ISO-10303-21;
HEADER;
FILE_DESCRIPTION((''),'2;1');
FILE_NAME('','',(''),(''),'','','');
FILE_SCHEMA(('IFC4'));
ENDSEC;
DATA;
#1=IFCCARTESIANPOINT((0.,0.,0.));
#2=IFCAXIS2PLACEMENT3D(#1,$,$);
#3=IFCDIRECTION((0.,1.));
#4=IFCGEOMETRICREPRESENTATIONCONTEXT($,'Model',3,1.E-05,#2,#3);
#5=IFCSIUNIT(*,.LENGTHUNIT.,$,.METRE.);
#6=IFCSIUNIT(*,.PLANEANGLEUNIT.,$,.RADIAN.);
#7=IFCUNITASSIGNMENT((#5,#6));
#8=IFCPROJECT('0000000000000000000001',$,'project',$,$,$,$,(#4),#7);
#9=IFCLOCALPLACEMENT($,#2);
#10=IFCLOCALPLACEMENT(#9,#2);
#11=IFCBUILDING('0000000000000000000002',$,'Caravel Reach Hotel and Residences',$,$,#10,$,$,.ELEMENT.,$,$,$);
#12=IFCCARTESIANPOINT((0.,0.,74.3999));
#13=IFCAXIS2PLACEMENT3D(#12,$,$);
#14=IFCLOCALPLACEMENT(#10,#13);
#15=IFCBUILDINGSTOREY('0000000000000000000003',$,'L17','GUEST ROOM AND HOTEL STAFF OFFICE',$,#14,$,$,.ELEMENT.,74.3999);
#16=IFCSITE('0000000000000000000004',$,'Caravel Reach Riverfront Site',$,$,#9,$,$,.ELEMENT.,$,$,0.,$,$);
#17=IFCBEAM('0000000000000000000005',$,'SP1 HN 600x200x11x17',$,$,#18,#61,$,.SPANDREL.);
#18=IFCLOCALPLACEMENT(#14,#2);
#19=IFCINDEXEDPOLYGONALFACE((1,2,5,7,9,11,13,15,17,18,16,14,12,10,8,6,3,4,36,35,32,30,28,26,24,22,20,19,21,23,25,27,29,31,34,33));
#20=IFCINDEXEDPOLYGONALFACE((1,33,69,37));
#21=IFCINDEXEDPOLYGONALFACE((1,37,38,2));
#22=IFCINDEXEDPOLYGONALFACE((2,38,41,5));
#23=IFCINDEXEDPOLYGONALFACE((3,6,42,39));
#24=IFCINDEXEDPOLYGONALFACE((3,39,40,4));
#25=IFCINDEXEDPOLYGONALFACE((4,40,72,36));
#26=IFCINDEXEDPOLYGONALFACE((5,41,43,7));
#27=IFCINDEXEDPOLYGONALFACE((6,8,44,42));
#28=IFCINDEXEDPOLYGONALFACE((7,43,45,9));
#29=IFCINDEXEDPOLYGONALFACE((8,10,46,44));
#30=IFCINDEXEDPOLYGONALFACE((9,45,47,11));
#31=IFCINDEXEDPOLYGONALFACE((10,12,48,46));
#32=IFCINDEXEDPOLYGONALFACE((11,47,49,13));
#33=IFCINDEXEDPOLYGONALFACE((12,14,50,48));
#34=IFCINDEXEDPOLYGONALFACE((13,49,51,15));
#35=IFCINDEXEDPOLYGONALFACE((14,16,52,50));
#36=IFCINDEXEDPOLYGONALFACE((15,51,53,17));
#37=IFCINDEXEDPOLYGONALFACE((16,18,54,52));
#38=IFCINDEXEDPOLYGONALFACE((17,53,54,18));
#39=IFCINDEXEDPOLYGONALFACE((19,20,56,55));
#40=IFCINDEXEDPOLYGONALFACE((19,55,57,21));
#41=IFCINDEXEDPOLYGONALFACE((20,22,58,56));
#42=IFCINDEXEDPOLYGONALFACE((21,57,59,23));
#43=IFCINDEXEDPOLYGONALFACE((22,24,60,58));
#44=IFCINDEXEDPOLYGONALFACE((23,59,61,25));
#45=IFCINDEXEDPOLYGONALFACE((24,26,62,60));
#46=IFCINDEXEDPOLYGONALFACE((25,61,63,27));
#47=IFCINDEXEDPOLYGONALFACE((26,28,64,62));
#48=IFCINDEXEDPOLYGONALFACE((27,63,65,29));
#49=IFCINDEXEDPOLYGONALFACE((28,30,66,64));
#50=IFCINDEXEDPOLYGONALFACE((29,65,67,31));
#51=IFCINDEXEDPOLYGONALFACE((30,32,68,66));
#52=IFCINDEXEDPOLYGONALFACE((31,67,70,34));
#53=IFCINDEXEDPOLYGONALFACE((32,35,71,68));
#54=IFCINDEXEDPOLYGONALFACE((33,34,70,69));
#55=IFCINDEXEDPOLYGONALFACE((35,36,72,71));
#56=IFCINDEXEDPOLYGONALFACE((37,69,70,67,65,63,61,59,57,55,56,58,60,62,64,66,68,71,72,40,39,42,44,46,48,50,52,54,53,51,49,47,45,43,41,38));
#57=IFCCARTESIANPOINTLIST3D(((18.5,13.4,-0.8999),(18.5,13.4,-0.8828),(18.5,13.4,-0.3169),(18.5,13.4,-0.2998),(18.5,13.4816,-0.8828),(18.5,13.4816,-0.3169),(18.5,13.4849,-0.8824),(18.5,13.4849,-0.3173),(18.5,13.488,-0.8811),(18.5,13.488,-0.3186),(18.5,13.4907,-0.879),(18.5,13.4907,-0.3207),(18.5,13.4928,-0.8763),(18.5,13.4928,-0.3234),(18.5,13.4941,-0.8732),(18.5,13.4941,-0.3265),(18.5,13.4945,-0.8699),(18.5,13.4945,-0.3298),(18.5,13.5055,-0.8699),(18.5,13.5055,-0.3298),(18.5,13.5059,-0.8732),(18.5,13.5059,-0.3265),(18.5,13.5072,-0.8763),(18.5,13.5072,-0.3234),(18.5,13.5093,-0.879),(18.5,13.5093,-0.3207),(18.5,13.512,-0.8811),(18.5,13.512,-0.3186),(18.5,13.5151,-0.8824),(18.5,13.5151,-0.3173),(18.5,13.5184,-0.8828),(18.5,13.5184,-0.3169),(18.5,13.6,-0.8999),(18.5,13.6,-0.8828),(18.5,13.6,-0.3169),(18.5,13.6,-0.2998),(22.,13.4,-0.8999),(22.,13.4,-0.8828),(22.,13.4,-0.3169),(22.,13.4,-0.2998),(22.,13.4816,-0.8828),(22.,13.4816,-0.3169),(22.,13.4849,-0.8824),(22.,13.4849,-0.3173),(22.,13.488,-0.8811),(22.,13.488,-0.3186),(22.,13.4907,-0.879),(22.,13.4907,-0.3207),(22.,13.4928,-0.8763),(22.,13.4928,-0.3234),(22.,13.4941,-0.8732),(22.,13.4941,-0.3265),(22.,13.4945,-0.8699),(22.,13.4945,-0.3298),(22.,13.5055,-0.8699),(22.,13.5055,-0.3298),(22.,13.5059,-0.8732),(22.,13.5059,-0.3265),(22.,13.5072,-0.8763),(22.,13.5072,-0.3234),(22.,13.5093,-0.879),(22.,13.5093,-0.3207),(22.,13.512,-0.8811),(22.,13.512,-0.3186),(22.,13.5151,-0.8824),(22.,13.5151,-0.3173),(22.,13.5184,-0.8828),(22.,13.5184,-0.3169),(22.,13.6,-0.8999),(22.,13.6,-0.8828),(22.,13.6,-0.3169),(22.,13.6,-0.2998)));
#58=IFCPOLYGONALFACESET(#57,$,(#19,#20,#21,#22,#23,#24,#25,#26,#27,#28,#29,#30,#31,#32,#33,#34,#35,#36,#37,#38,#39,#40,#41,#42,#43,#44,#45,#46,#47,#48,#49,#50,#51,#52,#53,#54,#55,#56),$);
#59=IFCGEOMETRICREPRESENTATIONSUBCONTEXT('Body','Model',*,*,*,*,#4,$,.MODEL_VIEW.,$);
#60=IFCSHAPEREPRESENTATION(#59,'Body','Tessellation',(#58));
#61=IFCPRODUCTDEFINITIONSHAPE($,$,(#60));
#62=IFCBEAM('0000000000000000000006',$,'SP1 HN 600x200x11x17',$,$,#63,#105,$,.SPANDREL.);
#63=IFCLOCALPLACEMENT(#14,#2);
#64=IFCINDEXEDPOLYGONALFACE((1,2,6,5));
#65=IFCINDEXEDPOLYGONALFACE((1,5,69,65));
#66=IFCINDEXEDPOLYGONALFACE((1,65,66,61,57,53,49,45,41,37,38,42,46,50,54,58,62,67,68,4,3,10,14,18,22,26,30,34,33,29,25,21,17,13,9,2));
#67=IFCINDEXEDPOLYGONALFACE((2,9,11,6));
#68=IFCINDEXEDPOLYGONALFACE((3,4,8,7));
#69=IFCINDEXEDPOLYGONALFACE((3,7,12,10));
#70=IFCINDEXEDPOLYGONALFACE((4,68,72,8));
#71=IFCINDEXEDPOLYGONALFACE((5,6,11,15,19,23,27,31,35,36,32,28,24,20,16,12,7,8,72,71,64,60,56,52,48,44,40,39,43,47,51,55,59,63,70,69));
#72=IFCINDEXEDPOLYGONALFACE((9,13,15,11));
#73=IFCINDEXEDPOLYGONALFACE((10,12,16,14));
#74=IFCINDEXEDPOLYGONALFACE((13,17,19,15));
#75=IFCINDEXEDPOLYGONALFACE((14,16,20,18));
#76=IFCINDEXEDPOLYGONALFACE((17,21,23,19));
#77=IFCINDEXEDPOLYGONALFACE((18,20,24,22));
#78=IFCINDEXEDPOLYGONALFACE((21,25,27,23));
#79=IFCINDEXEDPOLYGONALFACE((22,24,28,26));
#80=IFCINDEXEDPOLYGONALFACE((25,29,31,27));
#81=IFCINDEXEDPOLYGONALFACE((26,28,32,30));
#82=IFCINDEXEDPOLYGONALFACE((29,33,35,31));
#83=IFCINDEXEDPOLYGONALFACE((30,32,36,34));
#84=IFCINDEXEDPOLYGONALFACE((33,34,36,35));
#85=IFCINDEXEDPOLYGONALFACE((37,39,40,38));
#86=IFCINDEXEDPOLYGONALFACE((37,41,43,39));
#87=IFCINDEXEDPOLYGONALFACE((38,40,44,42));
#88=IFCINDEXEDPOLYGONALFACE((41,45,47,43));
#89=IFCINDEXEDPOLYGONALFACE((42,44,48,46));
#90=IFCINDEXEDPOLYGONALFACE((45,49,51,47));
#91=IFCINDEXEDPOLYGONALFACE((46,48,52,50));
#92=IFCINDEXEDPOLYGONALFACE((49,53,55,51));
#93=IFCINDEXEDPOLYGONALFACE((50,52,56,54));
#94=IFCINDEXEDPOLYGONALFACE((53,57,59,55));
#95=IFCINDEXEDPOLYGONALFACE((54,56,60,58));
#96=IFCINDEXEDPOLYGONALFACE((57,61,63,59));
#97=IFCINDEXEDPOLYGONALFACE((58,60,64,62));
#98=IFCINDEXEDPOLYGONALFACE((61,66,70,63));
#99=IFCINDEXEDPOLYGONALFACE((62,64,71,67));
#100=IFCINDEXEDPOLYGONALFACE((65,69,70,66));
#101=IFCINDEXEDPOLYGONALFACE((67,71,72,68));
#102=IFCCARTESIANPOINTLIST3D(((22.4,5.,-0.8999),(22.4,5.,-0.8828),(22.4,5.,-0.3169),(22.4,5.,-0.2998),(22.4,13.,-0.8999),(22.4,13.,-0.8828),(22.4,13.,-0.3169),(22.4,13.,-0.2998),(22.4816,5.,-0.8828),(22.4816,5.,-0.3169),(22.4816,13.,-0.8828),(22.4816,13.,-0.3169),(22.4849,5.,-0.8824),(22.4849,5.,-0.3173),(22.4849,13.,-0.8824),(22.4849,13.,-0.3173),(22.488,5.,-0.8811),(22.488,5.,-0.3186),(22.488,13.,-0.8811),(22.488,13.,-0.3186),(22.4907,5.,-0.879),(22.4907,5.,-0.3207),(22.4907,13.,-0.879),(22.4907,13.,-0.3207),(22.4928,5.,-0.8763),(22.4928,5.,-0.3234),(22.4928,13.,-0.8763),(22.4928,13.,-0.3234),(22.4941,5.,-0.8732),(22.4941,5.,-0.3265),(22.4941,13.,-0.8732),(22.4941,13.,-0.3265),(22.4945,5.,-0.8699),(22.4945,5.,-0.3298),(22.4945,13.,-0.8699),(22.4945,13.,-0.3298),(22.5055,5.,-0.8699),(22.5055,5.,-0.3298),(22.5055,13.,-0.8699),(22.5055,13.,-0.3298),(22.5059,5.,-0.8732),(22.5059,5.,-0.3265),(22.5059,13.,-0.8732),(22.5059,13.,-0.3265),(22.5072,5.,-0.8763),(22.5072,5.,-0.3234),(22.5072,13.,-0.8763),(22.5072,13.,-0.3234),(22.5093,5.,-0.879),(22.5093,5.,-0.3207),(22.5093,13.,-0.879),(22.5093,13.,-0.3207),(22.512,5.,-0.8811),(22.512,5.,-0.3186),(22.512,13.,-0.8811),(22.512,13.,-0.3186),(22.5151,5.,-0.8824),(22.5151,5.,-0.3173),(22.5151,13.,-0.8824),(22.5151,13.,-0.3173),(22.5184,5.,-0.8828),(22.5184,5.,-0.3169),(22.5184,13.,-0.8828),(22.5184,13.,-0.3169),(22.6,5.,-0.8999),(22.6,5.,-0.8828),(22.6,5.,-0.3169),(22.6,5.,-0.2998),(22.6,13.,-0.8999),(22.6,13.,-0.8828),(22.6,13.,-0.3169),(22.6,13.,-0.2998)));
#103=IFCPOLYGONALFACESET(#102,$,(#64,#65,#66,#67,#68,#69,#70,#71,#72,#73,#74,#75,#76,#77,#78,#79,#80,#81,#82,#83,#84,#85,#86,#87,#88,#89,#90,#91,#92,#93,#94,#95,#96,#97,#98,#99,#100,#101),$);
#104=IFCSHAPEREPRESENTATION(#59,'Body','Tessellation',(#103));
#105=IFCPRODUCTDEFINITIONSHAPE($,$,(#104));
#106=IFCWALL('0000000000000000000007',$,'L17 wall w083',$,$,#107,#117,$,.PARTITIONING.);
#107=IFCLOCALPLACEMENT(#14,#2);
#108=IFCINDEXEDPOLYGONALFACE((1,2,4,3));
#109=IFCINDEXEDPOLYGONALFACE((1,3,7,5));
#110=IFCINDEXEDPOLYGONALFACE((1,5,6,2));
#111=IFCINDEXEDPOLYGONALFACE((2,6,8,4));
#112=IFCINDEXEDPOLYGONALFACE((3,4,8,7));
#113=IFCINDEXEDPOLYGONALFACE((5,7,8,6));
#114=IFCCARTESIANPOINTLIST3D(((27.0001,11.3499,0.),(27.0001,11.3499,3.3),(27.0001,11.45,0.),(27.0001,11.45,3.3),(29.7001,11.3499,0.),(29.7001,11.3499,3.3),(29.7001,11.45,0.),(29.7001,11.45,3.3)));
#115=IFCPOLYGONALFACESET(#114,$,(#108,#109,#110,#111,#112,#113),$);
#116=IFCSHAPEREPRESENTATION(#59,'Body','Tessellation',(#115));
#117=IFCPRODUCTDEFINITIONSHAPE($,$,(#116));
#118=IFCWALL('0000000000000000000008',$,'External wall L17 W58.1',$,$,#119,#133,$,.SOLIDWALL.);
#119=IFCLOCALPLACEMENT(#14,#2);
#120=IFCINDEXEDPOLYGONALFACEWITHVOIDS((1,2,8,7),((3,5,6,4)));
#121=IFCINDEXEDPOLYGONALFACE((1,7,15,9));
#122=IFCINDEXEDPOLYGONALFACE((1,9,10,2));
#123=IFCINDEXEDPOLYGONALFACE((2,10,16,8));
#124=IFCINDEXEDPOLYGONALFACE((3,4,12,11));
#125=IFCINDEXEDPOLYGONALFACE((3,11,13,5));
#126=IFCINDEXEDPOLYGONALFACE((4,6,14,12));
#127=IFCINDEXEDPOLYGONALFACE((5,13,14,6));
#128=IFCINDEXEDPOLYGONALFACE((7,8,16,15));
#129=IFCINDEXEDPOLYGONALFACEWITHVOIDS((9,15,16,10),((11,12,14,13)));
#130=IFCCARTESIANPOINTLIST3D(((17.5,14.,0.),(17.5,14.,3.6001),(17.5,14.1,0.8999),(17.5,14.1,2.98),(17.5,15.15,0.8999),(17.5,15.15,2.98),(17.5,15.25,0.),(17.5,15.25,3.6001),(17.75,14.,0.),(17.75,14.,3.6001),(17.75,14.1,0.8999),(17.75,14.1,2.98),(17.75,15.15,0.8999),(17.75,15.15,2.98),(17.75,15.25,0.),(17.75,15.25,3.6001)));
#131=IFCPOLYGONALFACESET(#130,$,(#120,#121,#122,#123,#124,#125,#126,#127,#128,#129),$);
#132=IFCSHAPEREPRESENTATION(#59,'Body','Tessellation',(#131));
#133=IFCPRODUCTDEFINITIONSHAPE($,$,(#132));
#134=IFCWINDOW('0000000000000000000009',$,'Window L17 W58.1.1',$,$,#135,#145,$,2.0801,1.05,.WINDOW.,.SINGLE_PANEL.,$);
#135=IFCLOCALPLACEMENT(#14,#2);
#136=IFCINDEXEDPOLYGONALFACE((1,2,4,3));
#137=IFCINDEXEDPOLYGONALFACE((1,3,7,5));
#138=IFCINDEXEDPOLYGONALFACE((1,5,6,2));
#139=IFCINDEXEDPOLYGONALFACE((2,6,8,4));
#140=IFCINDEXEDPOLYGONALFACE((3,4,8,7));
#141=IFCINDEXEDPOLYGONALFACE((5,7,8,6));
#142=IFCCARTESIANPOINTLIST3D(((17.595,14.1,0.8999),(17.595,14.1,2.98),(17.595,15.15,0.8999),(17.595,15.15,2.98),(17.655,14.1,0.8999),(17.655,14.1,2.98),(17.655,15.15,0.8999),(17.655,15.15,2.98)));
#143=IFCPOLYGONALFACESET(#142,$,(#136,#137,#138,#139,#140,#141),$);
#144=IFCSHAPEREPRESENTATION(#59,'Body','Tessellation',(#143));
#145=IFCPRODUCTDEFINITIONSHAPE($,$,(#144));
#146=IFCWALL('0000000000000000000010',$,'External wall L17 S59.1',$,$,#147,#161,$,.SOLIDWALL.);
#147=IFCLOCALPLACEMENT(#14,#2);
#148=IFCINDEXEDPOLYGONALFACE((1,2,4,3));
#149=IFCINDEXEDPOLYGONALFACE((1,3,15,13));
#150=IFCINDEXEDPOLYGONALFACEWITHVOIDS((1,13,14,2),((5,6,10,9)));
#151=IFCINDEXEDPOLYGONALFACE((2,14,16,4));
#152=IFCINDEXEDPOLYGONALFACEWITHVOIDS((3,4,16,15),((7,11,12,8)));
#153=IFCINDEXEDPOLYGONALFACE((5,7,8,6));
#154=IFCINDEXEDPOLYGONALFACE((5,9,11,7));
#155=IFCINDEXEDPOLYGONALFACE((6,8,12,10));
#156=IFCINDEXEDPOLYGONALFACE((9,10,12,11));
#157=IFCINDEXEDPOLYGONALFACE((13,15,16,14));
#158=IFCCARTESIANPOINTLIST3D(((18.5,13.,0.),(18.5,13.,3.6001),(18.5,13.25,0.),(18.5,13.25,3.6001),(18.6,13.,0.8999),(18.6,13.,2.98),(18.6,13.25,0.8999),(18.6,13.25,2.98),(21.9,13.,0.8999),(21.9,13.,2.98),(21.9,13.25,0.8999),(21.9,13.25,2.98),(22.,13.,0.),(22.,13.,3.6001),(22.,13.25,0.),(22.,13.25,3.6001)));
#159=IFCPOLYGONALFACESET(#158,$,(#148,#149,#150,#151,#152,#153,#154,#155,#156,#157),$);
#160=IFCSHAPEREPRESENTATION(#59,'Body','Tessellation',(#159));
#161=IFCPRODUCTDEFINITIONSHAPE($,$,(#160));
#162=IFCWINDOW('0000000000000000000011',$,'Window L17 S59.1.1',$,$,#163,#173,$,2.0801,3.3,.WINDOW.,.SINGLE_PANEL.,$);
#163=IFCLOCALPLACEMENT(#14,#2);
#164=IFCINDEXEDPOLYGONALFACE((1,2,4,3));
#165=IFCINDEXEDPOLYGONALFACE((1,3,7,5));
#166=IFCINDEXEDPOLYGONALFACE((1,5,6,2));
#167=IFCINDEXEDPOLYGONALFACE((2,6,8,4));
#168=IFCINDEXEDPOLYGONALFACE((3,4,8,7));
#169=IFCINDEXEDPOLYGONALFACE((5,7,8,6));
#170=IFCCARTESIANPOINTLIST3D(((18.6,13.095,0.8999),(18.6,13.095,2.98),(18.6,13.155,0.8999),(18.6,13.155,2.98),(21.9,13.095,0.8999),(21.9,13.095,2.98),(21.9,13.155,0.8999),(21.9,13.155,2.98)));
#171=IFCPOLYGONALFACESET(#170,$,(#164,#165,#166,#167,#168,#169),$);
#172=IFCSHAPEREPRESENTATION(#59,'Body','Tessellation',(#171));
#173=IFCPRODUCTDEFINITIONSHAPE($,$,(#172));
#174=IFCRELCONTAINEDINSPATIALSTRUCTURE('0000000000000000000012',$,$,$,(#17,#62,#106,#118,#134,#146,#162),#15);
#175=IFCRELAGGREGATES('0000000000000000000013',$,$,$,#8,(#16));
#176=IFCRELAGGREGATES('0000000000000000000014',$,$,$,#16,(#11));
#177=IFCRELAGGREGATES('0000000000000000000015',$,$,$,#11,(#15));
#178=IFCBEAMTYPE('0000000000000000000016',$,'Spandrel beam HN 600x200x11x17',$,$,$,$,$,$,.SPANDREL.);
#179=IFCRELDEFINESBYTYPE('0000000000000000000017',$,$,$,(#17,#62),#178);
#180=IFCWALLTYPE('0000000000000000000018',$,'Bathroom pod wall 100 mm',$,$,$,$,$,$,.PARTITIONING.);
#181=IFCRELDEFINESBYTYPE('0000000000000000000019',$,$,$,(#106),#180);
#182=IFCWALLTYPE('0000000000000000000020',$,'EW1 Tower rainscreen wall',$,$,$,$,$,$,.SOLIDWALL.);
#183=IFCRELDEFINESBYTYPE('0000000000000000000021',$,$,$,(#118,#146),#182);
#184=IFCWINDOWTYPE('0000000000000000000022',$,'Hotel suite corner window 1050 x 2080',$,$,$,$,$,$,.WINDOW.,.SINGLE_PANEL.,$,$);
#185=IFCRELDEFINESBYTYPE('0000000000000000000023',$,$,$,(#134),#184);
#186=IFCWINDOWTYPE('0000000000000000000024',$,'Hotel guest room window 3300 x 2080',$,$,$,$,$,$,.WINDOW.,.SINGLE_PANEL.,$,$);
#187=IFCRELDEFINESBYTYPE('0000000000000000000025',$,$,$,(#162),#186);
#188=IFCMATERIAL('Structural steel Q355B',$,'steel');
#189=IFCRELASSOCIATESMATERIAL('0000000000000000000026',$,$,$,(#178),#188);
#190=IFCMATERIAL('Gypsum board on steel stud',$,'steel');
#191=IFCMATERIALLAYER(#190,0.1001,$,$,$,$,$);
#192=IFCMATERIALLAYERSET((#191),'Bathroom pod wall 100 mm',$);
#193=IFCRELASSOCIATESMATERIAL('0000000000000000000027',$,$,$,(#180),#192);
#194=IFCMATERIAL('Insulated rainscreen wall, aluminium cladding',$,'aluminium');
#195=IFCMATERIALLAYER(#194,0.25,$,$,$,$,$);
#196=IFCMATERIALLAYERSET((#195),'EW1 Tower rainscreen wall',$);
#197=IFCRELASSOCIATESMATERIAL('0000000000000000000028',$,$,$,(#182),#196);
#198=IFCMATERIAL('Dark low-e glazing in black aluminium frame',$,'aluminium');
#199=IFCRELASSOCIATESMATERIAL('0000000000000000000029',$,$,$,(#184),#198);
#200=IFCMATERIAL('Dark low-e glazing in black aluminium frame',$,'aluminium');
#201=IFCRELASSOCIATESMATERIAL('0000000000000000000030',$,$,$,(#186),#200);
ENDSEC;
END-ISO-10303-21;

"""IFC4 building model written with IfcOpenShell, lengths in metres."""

from ifc_helpers import new_model, si_unit, direction, frame, frame_2d, origin, origin_2d, place, context, subcontext, project, spatial, rectangle, i_section, extrude, material, layer, layer_set, material_profile, profile_set, type_object, element, fill, save


model = new_model("IFC4")

# Units and contexts
model_context = context("Model", 3, precision=1e-05, world=origin(), true_north=direction((0.0, 1.0)))
body_context = subcontext(model_context, "Body", "Model", "MODEL_VIEW")
ifc_project = project(units=[si_unit("LENGTHUNIT", "METRE"), si_unit("PLANEANGLEUNIT", "RADIAN")], contexts=[model_context])

# Site, building, storey
site_placement = place(None, origin())
site = spatial("IfcSite", under=ifc_project, at=site_placement, Name="Caravel Reach Riverfront Site", CompositionType="ELEMENT", RefElevation=0.0)
building_placement = place(site_placement, origin())
building = spatial("IfcBuilding", under=site, at=building_placement, Name="Caravel Reach Hotel and Residences", CompositionType="ELEMENT")
storey_placement = place(building_placement, frame((0.0, 0.0, 74.3999)))
storey = spatial("IfcBuildingStorey", under=building, at=storey_placement, Name="L17", Description="GUEST ROOM AND HOTEL STAFF OFFICE", CompositionType="ELEMENT", Elevation=74.3999)

# Beams
ifc_material_1 = material(Name="Structural steel Q355B", Category="steel")
ifc_material_profile_1 = material_profile(ifc_material_1, i_section(OverallWidth=0.2, OverallDepth=0.6001, WebThickness=0.011, FlangeThickness=0.0171, FilletRadius=0.0129, at=origin_2d()), Name="HN 600x200x11x17")
ifc_profile_set_1 = profile_set([ifc_material_profile_1], Name="Structural steel Q355B")
beam_type_1 = type_object("IfcBeamType", Name="Spandrel beam HN 600x200x11x17", PredefinedType="SPANDREL", material=ifc_profile_set_1)
beam_1_placement = place(storey_placement, frame((18.5, 13.5, -0.5999), z_axis=(1.0, 0.0, 0.0), x_axis=(0.0, 1.0, 0.0)))
element("IfcBeam", 1, at=beam_1_placement, inside=storey, type_object=beam_type_1, Name="SP1 HN 600x200x11x17", PredefinedType="SPANDREL", context=body_context, shape_type="SweptSolid", body=[
    extrude(i_section(OverallWidth=0.2, OverallDepth=0.6001, WebThickness=0.011, FlangeThickness=0.0171, FilletRadius=0.0129, at=origin_2d()), origin(), (0.0, 0.0, 1.0), 3.5),
])
beam_2_placement = place(storey_placement, frame((22.5, 13.0, -0.5999), z_axis=(0.0, -1.0, 0.0), x_axis=(1.0, 0.0, 0.0)))
element("IfcBeam", 2, at=beam_2_placement, inside=storey, type_object=beam_type_1, Name="SP1 HN 600x200x11x17", PredefinedType="SPANDREL", context=body_context, shape_type="SweptSolid", body=[
    extrude(i_section(OverallWidth=0.2, OverallDepth=0.6001, WebThickness=0.011, FlangeThickness=0.0171, FilletRadius=0.0129, at=origin_2d()), origin(), (0.0, 0.0, 1.0), 8.0),
])

# Wall
ifc_material_2 = material(Name="Gypsum board on steel stud", Category="steel")
ifc_layer_1 = layer(ifc_material_2, 0.1001)
ifc_layer_set_1 = layer_set([ifc_layer_1], Name="Bathroom pod wall 100 mm")
wall_type_1 = type_object("IfcWallType", Name="Bathroom pod wall 100 mm", PredefinedType="PARTITIONING", material=ifc_layer_set_1)
wall_1_placement = place(storey_placement, frame((27.0, 11.3999, 0.0), z_axis=(0.0, 0.0, 1.0), x_axis=(1.0, 0.0, 0.0)))
element("IfcWall", 3, at=wall_1_placement, inside=storey, type_object=wall_type_1, Name="L17 wall w083", PredefinedType="PARTITIONING", context=body_context, shape_type="SweptSolid", body=[
    extrude(rectangle(XDim=2.7, YDim=0.1001, at=frame_2d((1.3501, 0.0))), origin(), (0.0, 0.0, 1.0), 3.3),
])

# Walls, openings, windows
ifc_material_3 = material(Name="Insulated rainscreen wall, aluminium cladding", Category="aluminium")
ifc_layer_2 = layer(ifc_material_3, 0.25)
ifc_layer_set_2 = layer_set([ifc_layer_2], Name="EW1 Tower rainscreen wall")
wall_type_2 = type_object("IfcWallType", Name="EW1 Tower rainscreen wall", PredefinedType="SOLIDWALL", material=ifc_layer_set_2)
wall_2_placement = place(storey_placement, frame((17.625, 15.25, 0.0), z_axis=(0.0, 0.0, 1.0), x_axis=(0.0, -1.0, 0.0)))
wall_2 = element("IfcWall", 4, at=wall_2_placement, inside=storey, type_object=wall_type_2, Name="External wall L17 W58.1", PredefinedType="SOLIDWALL", context=body_context, shape_type="SweptSolid", body=[
    extrude(rectangle(XDim=1.25, YDim=0.25, at=frame_2d((0.625, 0.0))), origin(), (0.0, 0.0, 1.0), 3.6001),
])
opening_1_placement = place(wall_2_placement, frame((0.1001, 0.0, 0.8999)))
opening_1 = element("IfcOpeningElement", 5, at=opening_1_placement, cuts=wall_2, PredefinedType="OPENING", context=body_context, shape_type="SweptSolid", body=[
    extrude(rectangle(XDim=1.05, YDim=2.0801, at=frame_2d((0.5249, 1.04))), frame((0.0, 0.135, 0.0), z_axis=(0.0, -1.0, 0.0), x_axis=(1.0, 0.0, 0.0)), (0.0, 0.0, 1.0), 0.27),
])
ifc_material_4 = material(Name="Dark low-e glazing in black aluminium frame", Category="aluminium")
window_type_1 = type_object("IfcWindowType", Name="Hotel suite corner window 1050 x 2080", PartitioningType="SINGLE_PANEL", PredefinedType="WINDOW", material=ifc_material_4)
window_1_placement = place(opening_1_placement, origin())
window_1 = element("IfcWindow", 6, at=window_1_placement, inside=storey, type_object=window_type_1, Name="Window L17 W58.1.1", OverallHeight=2.0801, OverallWidth=1.05, PartitioningType="SINGLE_PANEL", PredefinedType="WINDOW", context=body_context, shape_type="SweptSolid", body=[
    extrude(rectangle(XDim=1.05, YDim=2.0801, at=frame_2d((0.5249, 1.04))), frame((0.0, 0.03, 0.0), z_axis=(0.0, -1.0, 0.0), x_axis=(1.0, 0.0, 0.0)), (0.0, 0.0, 1.0), 0.0601),
])
fill(opening_1, window_1)
wall_3_placement = place(storey_placement, frame((18.5, 13.125, 0.0), z_axis=(0.0, 0.0, 1.0), x_axis=(1.0, 0.0, 0.0)))
wall_3 = element("IfcWall", 7, at=wall_3_placement, inside=storey, type_object=wall_type_2, Name="External wall L17 S59.1", PredefinedType="SOLIDWALL", context=body_context, shape_type="SweptSolid", body=[
    extrude(rectangle(XDim=3.5, YDim=0.25, at=frame_2d((1.75, 0.0))), origin(), (0.0, 0.0, 1.0), 3.6001),
])
opening_2_placement = place(wall_3_placement, frame((0.1001, 0.0, 0.8999)))
opening_2 = element("IfcOpeningElement", 8, at=opening_2_placement, cuts=wall_3, PredefinedType="OPENING", context=body_context, shape_type="SweptSolid", body=[
    extrude(rectangle(XDim=3.3, YDim=2.0801, at=frame_2d((1.6499, 1.04))), frame((0.0, 0.135, 0.0), z_axis=(0.0, -1.0, 0.0), x_axis=(1.0, 0.0, 0.0)), (0.0, 0.0, 1.0), 0.27),
])
ifc_material_5 = material(Name="Dark low-e glazing in black aluminium frame", Category="aluminium")
window_type_2 = type_object("IfcWindowType", Name="Hotel guest room window 3300 x 2080", PartitioningType="SINGLE_PANEL", PredefinedType="WINDOW", material=ifc_material_5)
window_2_placement = place(opening_2_placement, origin())
window_2 = element("IfcWindow", 9, at=window_2_placement, inside=storey, type_object=window_type_2, Name="Window L17 S59.1.1", OverallHeight=2.0801, OverallWidth=3.3, PartitioningType="SINGLE_PANEL", PredefinedType="WINDOW", context=body_context, shape_type="SweptSolid", body=[
    extrude(rectangle(XDim=3.3, YDim=2.0801, at=frame_2d((1.6499, 1.04))), frame((0.0, 0.03, 0.0), z_axis=(0.0, -1.0, 0.0), x_axis=(1.0, 0.0, 0.0)), (0.0, 0.0, 1.0), 0.0601),
])
fill(opening_2, window_2)

save(model, "model.ifc")
